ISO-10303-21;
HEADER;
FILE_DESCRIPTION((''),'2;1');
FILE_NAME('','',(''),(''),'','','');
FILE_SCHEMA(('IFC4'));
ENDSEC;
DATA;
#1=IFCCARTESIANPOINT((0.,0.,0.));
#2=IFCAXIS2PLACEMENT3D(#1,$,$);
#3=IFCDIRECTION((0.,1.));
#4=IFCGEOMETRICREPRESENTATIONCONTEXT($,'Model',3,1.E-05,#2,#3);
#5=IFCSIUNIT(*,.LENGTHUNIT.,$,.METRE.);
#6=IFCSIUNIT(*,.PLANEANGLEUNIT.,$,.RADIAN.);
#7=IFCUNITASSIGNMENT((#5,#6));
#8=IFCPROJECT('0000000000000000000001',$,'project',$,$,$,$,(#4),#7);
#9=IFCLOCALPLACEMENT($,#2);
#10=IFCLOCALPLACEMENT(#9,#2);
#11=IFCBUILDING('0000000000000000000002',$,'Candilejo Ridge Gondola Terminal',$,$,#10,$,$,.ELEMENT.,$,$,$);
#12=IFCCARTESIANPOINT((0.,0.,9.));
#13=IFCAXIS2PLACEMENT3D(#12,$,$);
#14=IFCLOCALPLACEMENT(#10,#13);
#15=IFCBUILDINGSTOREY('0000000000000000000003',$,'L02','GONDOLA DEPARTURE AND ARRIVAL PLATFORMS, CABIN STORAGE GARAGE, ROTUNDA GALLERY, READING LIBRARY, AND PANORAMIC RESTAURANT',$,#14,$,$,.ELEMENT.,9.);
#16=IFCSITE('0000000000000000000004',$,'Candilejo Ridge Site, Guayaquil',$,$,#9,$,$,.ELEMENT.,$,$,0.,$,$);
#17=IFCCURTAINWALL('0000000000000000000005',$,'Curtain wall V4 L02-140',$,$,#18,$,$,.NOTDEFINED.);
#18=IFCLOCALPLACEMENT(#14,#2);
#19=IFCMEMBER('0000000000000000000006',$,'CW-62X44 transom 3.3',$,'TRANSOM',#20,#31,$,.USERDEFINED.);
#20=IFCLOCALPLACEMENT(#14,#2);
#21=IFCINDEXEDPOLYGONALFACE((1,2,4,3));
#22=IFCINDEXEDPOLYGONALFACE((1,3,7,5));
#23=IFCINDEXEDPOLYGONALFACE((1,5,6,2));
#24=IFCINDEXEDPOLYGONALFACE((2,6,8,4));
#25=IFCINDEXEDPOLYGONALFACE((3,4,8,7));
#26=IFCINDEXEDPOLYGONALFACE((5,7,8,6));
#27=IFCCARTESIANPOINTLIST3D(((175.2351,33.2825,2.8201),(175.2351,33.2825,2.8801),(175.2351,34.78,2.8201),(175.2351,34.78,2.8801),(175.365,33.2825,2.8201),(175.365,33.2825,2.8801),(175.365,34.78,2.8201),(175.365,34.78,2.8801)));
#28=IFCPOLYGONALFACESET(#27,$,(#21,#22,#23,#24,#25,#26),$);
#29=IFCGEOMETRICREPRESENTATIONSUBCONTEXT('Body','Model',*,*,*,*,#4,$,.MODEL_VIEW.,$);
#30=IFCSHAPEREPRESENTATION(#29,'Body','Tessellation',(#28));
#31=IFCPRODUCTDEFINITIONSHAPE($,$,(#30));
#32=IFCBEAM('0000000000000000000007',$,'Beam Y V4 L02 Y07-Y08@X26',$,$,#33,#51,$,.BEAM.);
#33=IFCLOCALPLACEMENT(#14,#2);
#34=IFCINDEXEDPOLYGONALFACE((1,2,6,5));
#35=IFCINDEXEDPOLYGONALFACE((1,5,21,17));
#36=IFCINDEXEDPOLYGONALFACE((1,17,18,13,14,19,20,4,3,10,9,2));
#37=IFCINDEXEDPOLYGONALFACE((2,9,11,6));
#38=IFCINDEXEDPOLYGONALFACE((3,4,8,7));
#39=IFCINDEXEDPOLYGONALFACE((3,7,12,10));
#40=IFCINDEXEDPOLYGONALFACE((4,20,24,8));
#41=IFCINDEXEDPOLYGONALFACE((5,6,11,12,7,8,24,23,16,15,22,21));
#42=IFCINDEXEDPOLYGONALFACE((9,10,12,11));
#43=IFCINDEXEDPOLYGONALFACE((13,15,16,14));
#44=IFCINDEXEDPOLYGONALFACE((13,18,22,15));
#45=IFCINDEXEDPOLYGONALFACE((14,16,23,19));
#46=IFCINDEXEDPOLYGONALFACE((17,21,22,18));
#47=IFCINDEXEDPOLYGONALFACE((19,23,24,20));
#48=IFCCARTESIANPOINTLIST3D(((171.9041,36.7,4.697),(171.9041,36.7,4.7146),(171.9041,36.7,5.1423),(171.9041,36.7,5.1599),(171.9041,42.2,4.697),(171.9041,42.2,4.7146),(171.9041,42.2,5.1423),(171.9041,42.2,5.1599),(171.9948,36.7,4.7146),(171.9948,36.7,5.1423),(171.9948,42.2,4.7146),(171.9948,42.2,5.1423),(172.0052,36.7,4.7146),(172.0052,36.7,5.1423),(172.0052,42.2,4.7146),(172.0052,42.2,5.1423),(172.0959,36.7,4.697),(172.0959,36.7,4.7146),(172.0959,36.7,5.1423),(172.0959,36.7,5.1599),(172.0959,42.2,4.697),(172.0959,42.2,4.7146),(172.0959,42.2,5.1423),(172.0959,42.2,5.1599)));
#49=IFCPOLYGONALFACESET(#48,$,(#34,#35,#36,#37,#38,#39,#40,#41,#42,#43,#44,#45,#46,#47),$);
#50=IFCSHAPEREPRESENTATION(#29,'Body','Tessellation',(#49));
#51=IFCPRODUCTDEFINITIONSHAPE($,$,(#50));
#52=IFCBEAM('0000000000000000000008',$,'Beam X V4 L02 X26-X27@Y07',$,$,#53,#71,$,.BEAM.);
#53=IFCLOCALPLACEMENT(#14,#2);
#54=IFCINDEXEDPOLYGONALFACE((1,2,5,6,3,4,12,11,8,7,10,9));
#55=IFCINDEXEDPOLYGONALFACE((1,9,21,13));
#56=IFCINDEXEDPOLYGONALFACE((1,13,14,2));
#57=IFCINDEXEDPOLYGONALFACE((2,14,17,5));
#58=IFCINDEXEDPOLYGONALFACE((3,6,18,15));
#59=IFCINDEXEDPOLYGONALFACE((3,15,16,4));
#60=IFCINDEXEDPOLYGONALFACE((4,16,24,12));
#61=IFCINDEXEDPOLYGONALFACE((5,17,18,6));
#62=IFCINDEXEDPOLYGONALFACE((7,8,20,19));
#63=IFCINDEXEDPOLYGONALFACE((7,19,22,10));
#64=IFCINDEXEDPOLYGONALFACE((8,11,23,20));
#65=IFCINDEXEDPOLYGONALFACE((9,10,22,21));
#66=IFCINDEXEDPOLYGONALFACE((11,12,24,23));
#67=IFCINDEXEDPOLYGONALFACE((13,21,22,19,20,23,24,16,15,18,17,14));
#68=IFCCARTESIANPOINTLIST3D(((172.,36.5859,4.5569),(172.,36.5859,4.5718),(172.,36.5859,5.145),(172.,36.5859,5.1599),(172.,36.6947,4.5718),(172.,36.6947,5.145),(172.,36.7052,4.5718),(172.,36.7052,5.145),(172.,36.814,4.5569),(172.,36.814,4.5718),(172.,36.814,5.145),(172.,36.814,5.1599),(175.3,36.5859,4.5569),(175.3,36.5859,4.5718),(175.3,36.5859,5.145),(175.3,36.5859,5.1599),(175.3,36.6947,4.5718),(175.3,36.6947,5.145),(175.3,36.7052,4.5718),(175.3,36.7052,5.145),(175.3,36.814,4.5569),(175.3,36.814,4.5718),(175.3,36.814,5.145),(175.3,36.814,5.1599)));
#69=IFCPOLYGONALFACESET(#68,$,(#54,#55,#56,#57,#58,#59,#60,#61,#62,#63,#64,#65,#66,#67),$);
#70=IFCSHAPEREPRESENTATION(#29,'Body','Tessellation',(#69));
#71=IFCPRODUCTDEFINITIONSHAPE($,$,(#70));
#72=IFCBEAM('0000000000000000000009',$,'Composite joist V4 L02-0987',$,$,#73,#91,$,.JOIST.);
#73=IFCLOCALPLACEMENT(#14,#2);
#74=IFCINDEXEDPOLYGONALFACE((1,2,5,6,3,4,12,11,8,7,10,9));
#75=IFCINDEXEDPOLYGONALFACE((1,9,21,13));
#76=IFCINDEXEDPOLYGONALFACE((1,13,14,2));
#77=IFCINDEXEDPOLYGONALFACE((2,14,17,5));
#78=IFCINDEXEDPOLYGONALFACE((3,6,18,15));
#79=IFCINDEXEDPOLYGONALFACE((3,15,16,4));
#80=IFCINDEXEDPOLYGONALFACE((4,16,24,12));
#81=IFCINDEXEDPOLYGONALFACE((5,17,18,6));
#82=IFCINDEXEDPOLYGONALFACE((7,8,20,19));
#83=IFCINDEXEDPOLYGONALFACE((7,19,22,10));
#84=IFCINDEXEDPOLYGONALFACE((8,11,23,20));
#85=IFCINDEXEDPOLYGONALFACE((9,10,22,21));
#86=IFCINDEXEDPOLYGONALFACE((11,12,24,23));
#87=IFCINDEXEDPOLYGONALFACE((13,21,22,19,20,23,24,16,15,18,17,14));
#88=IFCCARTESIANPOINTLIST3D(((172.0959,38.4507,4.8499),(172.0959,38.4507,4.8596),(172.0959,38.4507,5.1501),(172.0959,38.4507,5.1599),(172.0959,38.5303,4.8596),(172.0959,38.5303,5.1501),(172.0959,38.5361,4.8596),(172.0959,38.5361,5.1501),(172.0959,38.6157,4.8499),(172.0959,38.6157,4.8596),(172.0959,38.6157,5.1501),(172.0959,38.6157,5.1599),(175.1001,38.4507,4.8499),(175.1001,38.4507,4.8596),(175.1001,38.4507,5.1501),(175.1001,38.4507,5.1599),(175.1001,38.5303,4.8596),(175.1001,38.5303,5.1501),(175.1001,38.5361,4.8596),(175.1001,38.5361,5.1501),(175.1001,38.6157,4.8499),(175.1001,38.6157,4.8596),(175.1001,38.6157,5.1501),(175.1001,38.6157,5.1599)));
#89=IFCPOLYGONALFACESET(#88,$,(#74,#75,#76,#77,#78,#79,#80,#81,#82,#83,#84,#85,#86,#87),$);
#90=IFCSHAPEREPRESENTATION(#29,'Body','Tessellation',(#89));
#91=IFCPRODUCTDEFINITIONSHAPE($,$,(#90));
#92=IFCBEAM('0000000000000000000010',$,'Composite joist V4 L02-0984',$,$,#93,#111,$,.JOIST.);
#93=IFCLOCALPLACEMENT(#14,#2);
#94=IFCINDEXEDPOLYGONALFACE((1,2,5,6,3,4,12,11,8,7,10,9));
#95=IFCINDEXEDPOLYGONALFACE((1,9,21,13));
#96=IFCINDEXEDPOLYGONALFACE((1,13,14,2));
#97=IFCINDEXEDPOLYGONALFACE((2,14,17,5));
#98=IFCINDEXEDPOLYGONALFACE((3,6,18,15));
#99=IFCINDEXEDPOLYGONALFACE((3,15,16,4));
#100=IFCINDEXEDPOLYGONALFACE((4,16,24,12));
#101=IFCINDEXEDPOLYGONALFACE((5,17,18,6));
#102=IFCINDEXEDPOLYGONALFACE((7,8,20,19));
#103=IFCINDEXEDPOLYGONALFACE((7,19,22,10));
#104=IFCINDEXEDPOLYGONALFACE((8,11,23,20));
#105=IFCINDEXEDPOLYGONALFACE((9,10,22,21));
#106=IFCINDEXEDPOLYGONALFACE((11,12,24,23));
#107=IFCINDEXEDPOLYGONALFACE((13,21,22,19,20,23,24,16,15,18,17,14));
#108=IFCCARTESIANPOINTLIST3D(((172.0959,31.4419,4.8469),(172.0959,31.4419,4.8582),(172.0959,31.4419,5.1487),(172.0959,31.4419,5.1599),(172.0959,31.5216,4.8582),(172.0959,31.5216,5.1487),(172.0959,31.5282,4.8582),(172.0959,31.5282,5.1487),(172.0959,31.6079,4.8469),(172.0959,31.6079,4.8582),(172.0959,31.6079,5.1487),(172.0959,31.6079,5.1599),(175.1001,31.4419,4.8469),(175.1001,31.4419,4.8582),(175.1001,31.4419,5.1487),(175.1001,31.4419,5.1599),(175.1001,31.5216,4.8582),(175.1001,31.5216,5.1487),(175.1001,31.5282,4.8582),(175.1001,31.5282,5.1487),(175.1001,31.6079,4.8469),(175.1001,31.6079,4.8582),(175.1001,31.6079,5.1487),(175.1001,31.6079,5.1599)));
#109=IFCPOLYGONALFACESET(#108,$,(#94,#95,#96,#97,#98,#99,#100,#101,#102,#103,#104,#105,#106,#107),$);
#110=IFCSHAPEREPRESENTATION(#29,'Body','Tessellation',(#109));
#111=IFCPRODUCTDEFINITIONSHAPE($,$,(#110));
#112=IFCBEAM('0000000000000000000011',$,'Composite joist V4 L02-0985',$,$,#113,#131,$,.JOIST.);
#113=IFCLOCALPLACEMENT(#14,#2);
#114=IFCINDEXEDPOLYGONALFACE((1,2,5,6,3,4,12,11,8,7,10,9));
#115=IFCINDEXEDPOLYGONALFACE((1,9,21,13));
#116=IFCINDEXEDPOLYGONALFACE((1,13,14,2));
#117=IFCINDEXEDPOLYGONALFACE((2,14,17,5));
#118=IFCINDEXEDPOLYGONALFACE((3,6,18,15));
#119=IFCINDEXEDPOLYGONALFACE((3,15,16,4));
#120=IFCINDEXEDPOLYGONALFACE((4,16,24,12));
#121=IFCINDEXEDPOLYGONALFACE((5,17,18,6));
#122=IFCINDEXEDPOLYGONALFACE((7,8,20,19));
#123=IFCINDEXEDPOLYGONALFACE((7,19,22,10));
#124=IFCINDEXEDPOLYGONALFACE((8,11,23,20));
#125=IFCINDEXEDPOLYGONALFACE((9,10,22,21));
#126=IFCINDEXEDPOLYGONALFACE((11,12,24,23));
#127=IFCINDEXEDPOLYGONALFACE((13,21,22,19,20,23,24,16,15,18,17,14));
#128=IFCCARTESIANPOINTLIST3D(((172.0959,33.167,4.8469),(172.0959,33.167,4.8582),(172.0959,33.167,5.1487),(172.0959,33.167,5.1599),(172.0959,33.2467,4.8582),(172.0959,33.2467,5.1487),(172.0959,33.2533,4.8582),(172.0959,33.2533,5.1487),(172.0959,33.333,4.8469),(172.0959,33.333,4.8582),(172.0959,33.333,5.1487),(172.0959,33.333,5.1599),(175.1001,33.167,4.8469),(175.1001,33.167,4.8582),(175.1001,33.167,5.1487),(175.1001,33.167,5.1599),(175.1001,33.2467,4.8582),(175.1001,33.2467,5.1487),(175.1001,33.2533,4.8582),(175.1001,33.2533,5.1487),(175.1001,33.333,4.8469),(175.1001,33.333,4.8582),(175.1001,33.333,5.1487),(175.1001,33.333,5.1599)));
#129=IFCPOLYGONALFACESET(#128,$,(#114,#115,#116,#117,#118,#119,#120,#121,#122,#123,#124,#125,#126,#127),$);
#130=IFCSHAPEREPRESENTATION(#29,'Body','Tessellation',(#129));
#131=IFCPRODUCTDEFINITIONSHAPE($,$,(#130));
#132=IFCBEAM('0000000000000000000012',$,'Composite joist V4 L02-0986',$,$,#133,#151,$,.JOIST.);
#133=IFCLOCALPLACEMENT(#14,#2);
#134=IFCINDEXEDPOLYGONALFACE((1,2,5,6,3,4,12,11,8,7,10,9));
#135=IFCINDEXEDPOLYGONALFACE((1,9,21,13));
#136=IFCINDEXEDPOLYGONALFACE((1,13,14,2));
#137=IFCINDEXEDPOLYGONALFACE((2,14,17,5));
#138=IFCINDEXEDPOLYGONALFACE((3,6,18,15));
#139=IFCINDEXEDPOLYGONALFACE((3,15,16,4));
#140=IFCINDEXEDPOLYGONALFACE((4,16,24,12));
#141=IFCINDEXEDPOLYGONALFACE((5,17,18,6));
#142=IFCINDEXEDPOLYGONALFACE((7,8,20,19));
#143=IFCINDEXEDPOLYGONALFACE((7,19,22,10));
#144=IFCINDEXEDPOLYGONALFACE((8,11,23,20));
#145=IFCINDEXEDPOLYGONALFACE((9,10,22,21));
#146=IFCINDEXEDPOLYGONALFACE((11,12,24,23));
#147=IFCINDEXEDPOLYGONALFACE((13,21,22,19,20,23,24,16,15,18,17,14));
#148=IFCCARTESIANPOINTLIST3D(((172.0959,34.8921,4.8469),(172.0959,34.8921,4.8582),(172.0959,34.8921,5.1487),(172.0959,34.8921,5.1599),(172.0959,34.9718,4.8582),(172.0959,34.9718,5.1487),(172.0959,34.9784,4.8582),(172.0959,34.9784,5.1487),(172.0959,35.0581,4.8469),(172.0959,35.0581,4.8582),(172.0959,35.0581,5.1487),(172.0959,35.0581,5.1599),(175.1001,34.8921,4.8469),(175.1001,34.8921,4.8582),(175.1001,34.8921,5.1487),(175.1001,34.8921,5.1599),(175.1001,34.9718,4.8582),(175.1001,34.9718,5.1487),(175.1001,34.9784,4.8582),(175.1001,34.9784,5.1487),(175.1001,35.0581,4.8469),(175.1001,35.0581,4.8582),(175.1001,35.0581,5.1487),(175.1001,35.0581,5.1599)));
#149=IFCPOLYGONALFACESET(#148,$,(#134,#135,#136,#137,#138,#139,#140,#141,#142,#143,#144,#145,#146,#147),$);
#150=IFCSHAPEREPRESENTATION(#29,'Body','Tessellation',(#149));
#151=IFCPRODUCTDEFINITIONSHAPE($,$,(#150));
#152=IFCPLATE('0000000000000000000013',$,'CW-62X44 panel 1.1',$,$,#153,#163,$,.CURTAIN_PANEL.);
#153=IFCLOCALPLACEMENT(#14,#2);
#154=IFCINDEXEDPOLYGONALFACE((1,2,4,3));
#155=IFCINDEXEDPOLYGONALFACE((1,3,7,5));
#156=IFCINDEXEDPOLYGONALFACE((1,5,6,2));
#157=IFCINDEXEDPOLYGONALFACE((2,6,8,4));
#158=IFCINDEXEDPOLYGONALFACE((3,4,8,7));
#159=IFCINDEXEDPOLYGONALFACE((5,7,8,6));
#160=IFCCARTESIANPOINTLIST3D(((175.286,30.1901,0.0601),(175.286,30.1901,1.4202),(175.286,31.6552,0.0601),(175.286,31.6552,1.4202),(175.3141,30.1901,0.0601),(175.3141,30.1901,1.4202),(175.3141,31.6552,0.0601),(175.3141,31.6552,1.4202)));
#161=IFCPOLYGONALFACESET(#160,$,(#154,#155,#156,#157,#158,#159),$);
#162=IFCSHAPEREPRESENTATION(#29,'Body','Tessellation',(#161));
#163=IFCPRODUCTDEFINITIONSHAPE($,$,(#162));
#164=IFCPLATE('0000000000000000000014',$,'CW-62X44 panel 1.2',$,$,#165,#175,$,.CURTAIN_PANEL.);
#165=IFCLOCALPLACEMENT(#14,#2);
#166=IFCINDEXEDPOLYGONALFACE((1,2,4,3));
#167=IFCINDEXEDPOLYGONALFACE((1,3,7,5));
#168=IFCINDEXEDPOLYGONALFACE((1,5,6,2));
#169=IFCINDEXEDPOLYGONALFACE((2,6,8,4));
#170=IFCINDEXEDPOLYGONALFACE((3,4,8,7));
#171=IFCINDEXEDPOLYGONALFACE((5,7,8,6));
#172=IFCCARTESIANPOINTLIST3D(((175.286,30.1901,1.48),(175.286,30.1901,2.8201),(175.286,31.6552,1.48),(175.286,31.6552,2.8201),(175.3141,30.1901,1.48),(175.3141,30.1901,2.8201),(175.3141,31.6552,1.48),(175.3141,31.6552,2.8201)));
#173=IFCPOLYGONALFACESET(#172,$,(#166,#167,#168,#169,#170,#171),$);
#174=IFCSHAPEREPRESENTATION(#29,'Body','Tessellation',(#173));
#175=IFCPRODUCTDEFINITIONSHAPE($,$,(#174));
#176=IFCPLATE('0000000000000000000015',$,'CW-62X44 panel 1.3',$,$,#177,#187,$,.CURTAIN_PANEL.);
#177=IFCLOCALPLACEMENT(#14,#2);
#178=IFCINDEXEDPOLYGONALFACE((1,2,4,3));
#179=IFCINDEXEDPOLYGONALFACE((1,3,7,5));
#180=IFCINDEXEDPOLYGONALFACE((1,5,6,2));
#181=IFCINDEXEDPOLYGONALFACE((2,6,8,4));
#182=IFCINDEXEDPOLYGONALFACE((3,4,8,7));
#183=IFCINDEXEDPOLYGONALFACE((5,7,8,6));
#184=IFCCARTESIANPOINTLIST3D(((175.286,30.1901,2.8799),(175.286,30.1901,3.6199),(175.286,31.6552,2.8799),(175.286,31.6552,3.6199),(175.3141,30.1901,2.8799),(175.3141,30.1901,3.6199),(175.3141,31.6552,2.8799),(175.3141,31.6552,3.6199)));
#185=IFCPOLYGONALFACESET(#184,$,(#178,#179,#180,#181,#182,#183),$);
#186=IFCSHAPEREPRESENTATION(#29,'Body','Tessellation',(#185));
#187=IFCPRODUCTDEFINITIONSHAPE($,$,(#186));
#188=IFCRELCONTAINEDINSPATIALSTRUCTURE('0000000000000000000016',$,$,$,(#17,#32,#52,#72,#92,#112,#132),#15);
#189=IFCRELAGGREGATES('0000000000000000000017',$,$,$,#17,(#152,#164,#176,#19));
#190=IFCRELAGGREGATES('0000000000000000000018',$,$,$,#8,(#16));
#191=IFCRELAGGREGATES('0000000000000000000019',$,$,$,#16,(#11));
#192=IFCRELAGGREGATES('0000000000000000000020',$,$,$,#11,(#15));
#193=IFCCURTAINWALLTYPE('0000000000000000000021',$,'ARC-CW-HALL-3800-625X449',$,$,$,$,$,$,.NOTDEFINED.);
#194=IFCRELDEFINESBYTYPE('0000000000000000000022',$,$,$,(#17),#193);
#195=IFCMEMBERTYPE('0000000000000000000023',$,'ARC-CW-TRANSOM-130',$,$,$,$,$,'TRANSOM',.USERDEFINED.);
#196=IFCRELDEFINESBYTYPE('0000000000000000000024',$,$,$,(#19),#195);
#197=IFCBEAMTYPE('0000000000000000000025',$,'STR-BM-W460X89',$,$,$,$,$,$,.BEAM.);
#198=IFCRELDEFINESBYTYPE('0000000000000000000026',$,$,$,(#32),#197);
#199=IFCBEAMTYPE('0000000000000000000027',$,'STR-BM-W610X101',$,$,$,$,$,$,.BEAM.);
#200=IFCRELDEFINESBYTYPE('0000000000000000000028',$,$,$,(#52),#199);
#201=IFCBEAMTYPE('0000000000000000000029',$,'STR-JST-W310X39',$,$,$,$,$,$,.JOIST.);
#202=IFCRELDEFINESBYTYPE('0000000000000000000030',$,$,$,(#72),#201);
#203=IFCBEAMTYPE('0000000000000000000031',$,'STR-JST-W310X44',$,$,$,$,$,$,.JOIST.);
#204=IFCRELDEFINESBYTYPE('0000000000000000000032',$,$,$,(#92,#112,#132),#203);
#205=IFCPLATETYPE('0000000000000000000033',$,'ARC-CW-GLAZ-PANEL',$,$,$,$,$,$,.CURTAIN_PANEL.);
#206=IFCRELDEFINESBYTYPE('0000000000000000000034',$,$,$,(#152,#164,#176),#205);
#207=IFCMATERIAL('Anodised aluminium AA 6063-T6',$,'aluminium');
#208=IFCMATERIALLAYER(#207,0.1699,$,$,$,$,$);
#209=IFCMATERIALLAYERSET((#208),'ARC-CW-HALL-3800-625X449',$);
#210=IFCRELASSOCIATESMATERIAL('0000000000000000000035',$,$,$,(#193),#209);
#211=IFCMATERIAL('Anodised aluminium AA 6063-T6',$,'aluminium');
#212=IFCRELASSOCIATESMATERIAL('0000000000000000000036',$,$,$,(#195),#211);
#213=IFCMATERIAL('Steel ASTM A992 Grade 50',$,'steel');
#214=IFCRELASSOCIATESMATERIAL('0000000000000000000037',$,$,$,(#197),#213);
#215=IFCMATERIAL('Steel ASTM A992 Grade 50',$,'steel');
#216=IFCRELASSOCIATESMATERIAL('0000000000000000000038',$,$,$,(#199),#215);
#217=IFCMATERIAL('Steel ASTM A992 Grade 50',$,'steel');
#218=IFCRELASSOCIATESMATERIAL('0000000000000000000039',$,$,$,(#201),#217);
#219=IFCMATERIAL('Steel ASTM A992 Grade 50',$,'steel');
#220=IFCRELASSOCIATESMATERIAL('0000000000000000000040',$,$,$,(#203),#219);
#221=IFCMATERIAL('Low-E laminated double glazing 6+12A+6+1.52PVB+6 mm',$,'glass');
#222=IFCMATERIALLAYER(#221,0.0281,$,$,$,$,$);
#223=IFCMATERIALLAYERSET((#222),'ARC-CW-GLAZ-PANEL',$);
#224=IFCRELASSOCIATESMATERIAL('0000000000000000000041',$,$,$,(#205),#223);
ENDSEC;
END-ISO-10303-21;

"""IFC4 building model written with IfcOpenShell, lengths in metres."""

from ifc_helpers import new_model, si_unit, direction, frame, origin, origin_2d, place, context, subcontext, project, spatial, rectangle, i_section, extrude, material, layer, layer_set, material_profile, profile_set, type_object, element, aggregate, save


model = new_model("IFC4")

# Units and contexts
model_context = context("Model", 3, precision=1e-05, world=origin(), true_north=direction((0.0, 1.0)))
body_context = subcontext(model_context, "Body", "Model", "MODEL_VIEW")
ifc_project = project(units=[si_unit("LENGTHUNIT", "METRE"), si_unit("PLANEANGLEUNIT", "RADIAN")], contexts=[model_context])

# Site, building, storey
site_placement = place(None, origin())
site = spatial("IfcSite", under=ifc_project, at=site_placement, Name="Candilejo Ridge Site, Guayaquil", CompositionType="ELEMENT", RefElevation=0.0)
building_placement = place(site_placement, origin())
building = spatial("IfcBuilding", under=site, at=building_placement, Name="Candilejo Ridge Gondola Terminal", CompositionType="ELEMENT")
storey_placement = place(building_placement, frame((0.0, 0.0, 9.0)))
storey = spatial("IfcBuildingStorey", under=building, at=storey_placement, Name="L02", Description="GONDOLA DEPARTURE AND ARRIVAL PLATFORMS, CABIN STORAGE GARAGE, ROTUNDA GALLERY, READING LIBRARY, AND PANORAMIC RESTAURANT", CompositionType="ELEMENT", Elevation=9.0)

# Curtain wall, member
ifc_material_1 = material(Name="Anodised aluminium AA 6063-T6", Category="aluminium")
ifc_layer_1 = layer(ifc_material_1, 0.1699)
ifc_layer_set_1 = layer_set([ifc_layer_1], Name="ARC-CW-HALL-3800-625X449")
curtain_wall_type = type_object("IfcCurtainWallType", Name="ARC-CW-HALL-3800-625X449", PredefinedType="NOTDEFINED", material=ifc_layer_set_1)
curtain_wall_placement = place(storey_placement, origin())
curtain_wall = element("IfcCurtainWall", 1, at=curtain_wall_placement, inside=storey, type_object=curtain_wall_type, Name="Curtain wall V4 L02-140", PredefinedType="NOTDEFINED")
ifc_material_2 = material(Name="Anodised aluminium AA 6063-T6", Category="aluminium")
ifc_material_profile_1 = material_profile(ifc_material_2, rectangle(XDim=0.1299, YDim=0.0601, at=origin_2d()))
ifc_profile_set_1 = profile_set([ifc_material_profile_1], Name="Anodised aluminium AA 6063-T6")
member_type_1 = type_object("IfcMemberType", Name="ARC-CW-TRANSOM-130", ElementType="TRANSOM", PredefinedType="USERDEFINED", material=ifc_profile_set_1)
member_1_placement = place(storey_placement, frame((175.3, 33.2825, 2.8501), z_axis=(0.0, 1.0, 0.0), x_axis=(-1.0, 0.0, 0.0)))
member_1 = element("IfcMember", 2, at=member_1_placement, type_object=member_type_1, Name="CW-62X44 transom 3.3", ObjectType="TRANSOM", PredefinedType="USERDEFINED", context=body_context, shape_type="SweptSolid", body=[
    extrude(rectangle(XDim=0.1299, YDim=0.0601, at=origin_2d()), origin(), (0.0, 0.0, 1.0), 1.4976),
])

# Beams
ifc_material_3 = material(Name="Steel ASTM A992 Grade 50", Category="steel")
ifc_material_profile_2 = material_profile(ifc_material_3, i_section(OverallWidth=0.1919, OverallDepth=0.4629, WebThickness=0.0105, FlangeThickness=0.0176, at=origin_2d()))
ifc_profile_set_2 = profile_set([ifc_material_profile_2], Name="Steel ASTM A992 Grade 50")
beam_type_1 = type_object("IfcBeamType", Name="STR-BM-W460X89", PredefinedType="BEAM", material=ifc_profile_set_2)
beam_1_placement = place(storey_placement, frame((172.0, 36.7, 4.9285), z_axis=(0.0, 1.0, 0.0), x_axis=(-1.0, 0.0, 0.0)))
element("IfcBeam", 3, at=beam_1_placement, inside=storey, type_object=beam_type_1, Name="Beam Y V4 L02 Y07-Y08@X26", PredefinedType="BEAM", context=body_context, shape_type="SweptSolid", body=[
    extrude(i_section(OverallWidth=0.1919, OverallDepth=0.4629, WebThickness=0.0105, FlangeThickness=0.0176, at=origin_2d()), origin(), (0.0, 0.0, 1.0), 5.5),
])
ifc_material_4 = material(Name="Steel ASTM A992 Grade 50", Category="steel")
ifc_material_profile_3 = material_profile(ifc_material_4, i_section(OverallWidth=0.228, OverallDepth=0.603, WebThickness=0.0105, FlangeThickness=0.0149, at=origin_2d()))
ifc_profile_set_3 = profile_set([ifc_material_profile_3], Name="Steel ASTM A992 Grade 50")
beam_type_2 = type_object("IfcBeamType", Name="STR-BM-W610X101", PredefinedType="BEAM", material=ifc_profile_set_3)
beam_2_placement = place(storey_placement, frame((172.0, 36.7, 4.8584), z_axis=(1.0, 0.0, 0.0), x_axis=(0.0, 1.0, 0.0)))
element("IfcBeam", 4, at=beam_2_placement, inside=storey, type_object=beam_type_2, Name="Beam X V4 L02 X26-X27@Y07", PredefinedType="BEAM", context=body_context, shape_type="SweptSolid", body=[
    extrude(i_section(OverallWidth=0.228, OverallDepth=0.603, WebThickness=0.0105, FlangeThickness=0.0149, at=origin_2d()), origin(), (0.0, 0.0, 1.0), 3.3),
])
ifc_material_5 = material(Name="Steel ASTM A992 Grade 50", Category="steel")
ifc_material_profile_4 = material_profile(ifc_material_5, i_section(OverallWidth=0.165, OverallDepth=0.3101, WebThickness=0.0059, FlangeThickness=0.0098, at=origin_2d()))
ifc_profile_set_4 = profile_set([ifc_material_profile_4], Name="Steel ASTM A992 Grade 50")
beam_type_3 = type_object("IfcBeamType", Name="STR-JST-W310X39", PredefinedType="JOIST", material=ifc_profile_set_4)
beam_3_placement = place(storey_placement, frame((172.0959, 38.5332, 5.0049), z_axis=(1.0, 0.0, 0.0), x_axis=(0.0, 1.0, 0.0)))
element("IfcBeam", 5, at=beam_3_placement, inside=storey, type_object=beam_type_3, Name="Composite joist V4 L02-0987", PredefinedType="JOIST", context=body_context, shape_type="SweptSolid", body=[
    extrude(i_section(OverallWidth=0.165, OverallDepth=0.3101, WebThickness=0.0059, FlangeThickness=0.0098, at=origin_2d()), origin(), (0.0, 0.0, 1.0), 3.0042),
])
ifc_material_6 = material(Name="Steel ASTM A992 Grade 50", Category="steel")
ifc_material_profile_5 = material_profile(ifc_material_6, i_section(OverallWidth=0.166, OverallDepth=0.313, WebThickness=0.0066, FlangeThickness=0.0112, at=origin_2d()))
ifc_profile_set_5 = profile_set([ifc_material_profile_5], Name="Steel ASTM A992 Grade 50")
beam_type_4 = type_object("IfcBeamType", Name="STR-JST-W310X44", PredefinedType="JOIST", material=ifc_profile_set_5)
for number, where, z_axis, x_axis, name in (
    (6, (172.0959, 31.5249, 5.0034), (1.0, 0.0, 0.0), (0.0, 1.0, 0.0), "Composite joist V4 L02-0984"),
    (7, (172.0959, 33.25, 5.0034), (1.0, 0.0, 0.0), (0.0, 1.0, 0.0), "Composite joist V4 L02-0985"),
    (8, (172.0959, 34.9751, 5.0034), (1.0, 0.0, 0.0), (0.0, 1.0, 0.0), "Composite joist V4 L02-0986"),
):
    element("IfcBeam", number, at=place(storey_placement, frame(where, z_axis=z_axis, x_axis=x_axis)), inside=storey, type_object=beam_type_4, Name=name, PredefinedType="JOIST", context=body_context, shape_type="SweptSolid", body=[
        extrude(i_section(OverallWidth=0.166, OverallDepth=0.313, WebThickness=0.0066, FlangeThickness=0.0112, at=origin_2d()), origin(), (0.0, 0.0, 1.0), 3.0042),
    ])

# Plates
ifc_material_7 = material(Name="Low-E laminated double glazing 6+12A+6+1.52PVB+6 mm", Category="glass")
ifc_layer_2 = layer(ifc_material_7, 0.0281)
ifc_layer_set_2 = layer_set([ifc_layer_2], Name="ARC-CW-GLAZ-PANEL")
plate_type = type_object("IfcPlateType", Name="ARC-CW-GLAZ-PANEL", PredefinedType="CURTAIN_PANEL", material=ifc_layer_set_2)
plate_1_placement = place(storey_placement, frame((175.3, 30.9226, 0.0601), z_axis=(0.0, 0.0, 1.0), x_axis=(0.0, 1.0, 0.0)))
plate_1 = element("IfcPlate", 9, at=plate_1_placement, type_object=plate_type, Name="CW-62X44 panel 1.1", PredefinedType="CURTAIN_PANEL", context=body_context, shape_type="SweptSolid", body=[
    extrude(rectangle(XDim=1.4651, YDim=0.0281, at=origin_2d()), origin(), (0.0, 0.0, 1.0), 1.3601),
])
plate_2_placement = place(storey_placement, frame((175.3, 30.9226, 1.48), z_axis=(0.0, 0.0, 1.0), x_axis=(0.0, 1.0, 0.0)))
plate_2 = element("IfcPlate", 10, at=plate_2_placement, type_object=plate_type, Name="CW-62X44 panel 1.2", PredefinedType="CURTAIN_PANEL", context=body_context, shape_type="SweptSolid", body=[
    extrude(rectangle(XDim=1.4651, YDim=0.0281, at=origin_2d()), origin(), (0.0, 0.0, 1.0), 1.3401),
])
plate_3_placement = place(storey_placement, frame((175.3, 30.9226, 2.8799), z_axis=(0.0, 0.0, 1.0), x_axis=(0.0, 1.0, 0.0)))
plate_3 = element("IfcPlate", 11, at=plate_3_placement, type_object=plate_type, Name="CW-62X44 panel 1.3", PredefinedType="CURTAIN_PANEL", context=body_context, shape_type="SweptSolid", body=[
    extrude(rectangle(XDim=1.4651, YDim=0.0281, at=origin_2d()), origin(), (0.0, 0.0, 1.0), 0.74),
])
aggregate(curtain_wall, [plate_1, plate_2, plate_3, member_1])

save(model, "model.ifc")
